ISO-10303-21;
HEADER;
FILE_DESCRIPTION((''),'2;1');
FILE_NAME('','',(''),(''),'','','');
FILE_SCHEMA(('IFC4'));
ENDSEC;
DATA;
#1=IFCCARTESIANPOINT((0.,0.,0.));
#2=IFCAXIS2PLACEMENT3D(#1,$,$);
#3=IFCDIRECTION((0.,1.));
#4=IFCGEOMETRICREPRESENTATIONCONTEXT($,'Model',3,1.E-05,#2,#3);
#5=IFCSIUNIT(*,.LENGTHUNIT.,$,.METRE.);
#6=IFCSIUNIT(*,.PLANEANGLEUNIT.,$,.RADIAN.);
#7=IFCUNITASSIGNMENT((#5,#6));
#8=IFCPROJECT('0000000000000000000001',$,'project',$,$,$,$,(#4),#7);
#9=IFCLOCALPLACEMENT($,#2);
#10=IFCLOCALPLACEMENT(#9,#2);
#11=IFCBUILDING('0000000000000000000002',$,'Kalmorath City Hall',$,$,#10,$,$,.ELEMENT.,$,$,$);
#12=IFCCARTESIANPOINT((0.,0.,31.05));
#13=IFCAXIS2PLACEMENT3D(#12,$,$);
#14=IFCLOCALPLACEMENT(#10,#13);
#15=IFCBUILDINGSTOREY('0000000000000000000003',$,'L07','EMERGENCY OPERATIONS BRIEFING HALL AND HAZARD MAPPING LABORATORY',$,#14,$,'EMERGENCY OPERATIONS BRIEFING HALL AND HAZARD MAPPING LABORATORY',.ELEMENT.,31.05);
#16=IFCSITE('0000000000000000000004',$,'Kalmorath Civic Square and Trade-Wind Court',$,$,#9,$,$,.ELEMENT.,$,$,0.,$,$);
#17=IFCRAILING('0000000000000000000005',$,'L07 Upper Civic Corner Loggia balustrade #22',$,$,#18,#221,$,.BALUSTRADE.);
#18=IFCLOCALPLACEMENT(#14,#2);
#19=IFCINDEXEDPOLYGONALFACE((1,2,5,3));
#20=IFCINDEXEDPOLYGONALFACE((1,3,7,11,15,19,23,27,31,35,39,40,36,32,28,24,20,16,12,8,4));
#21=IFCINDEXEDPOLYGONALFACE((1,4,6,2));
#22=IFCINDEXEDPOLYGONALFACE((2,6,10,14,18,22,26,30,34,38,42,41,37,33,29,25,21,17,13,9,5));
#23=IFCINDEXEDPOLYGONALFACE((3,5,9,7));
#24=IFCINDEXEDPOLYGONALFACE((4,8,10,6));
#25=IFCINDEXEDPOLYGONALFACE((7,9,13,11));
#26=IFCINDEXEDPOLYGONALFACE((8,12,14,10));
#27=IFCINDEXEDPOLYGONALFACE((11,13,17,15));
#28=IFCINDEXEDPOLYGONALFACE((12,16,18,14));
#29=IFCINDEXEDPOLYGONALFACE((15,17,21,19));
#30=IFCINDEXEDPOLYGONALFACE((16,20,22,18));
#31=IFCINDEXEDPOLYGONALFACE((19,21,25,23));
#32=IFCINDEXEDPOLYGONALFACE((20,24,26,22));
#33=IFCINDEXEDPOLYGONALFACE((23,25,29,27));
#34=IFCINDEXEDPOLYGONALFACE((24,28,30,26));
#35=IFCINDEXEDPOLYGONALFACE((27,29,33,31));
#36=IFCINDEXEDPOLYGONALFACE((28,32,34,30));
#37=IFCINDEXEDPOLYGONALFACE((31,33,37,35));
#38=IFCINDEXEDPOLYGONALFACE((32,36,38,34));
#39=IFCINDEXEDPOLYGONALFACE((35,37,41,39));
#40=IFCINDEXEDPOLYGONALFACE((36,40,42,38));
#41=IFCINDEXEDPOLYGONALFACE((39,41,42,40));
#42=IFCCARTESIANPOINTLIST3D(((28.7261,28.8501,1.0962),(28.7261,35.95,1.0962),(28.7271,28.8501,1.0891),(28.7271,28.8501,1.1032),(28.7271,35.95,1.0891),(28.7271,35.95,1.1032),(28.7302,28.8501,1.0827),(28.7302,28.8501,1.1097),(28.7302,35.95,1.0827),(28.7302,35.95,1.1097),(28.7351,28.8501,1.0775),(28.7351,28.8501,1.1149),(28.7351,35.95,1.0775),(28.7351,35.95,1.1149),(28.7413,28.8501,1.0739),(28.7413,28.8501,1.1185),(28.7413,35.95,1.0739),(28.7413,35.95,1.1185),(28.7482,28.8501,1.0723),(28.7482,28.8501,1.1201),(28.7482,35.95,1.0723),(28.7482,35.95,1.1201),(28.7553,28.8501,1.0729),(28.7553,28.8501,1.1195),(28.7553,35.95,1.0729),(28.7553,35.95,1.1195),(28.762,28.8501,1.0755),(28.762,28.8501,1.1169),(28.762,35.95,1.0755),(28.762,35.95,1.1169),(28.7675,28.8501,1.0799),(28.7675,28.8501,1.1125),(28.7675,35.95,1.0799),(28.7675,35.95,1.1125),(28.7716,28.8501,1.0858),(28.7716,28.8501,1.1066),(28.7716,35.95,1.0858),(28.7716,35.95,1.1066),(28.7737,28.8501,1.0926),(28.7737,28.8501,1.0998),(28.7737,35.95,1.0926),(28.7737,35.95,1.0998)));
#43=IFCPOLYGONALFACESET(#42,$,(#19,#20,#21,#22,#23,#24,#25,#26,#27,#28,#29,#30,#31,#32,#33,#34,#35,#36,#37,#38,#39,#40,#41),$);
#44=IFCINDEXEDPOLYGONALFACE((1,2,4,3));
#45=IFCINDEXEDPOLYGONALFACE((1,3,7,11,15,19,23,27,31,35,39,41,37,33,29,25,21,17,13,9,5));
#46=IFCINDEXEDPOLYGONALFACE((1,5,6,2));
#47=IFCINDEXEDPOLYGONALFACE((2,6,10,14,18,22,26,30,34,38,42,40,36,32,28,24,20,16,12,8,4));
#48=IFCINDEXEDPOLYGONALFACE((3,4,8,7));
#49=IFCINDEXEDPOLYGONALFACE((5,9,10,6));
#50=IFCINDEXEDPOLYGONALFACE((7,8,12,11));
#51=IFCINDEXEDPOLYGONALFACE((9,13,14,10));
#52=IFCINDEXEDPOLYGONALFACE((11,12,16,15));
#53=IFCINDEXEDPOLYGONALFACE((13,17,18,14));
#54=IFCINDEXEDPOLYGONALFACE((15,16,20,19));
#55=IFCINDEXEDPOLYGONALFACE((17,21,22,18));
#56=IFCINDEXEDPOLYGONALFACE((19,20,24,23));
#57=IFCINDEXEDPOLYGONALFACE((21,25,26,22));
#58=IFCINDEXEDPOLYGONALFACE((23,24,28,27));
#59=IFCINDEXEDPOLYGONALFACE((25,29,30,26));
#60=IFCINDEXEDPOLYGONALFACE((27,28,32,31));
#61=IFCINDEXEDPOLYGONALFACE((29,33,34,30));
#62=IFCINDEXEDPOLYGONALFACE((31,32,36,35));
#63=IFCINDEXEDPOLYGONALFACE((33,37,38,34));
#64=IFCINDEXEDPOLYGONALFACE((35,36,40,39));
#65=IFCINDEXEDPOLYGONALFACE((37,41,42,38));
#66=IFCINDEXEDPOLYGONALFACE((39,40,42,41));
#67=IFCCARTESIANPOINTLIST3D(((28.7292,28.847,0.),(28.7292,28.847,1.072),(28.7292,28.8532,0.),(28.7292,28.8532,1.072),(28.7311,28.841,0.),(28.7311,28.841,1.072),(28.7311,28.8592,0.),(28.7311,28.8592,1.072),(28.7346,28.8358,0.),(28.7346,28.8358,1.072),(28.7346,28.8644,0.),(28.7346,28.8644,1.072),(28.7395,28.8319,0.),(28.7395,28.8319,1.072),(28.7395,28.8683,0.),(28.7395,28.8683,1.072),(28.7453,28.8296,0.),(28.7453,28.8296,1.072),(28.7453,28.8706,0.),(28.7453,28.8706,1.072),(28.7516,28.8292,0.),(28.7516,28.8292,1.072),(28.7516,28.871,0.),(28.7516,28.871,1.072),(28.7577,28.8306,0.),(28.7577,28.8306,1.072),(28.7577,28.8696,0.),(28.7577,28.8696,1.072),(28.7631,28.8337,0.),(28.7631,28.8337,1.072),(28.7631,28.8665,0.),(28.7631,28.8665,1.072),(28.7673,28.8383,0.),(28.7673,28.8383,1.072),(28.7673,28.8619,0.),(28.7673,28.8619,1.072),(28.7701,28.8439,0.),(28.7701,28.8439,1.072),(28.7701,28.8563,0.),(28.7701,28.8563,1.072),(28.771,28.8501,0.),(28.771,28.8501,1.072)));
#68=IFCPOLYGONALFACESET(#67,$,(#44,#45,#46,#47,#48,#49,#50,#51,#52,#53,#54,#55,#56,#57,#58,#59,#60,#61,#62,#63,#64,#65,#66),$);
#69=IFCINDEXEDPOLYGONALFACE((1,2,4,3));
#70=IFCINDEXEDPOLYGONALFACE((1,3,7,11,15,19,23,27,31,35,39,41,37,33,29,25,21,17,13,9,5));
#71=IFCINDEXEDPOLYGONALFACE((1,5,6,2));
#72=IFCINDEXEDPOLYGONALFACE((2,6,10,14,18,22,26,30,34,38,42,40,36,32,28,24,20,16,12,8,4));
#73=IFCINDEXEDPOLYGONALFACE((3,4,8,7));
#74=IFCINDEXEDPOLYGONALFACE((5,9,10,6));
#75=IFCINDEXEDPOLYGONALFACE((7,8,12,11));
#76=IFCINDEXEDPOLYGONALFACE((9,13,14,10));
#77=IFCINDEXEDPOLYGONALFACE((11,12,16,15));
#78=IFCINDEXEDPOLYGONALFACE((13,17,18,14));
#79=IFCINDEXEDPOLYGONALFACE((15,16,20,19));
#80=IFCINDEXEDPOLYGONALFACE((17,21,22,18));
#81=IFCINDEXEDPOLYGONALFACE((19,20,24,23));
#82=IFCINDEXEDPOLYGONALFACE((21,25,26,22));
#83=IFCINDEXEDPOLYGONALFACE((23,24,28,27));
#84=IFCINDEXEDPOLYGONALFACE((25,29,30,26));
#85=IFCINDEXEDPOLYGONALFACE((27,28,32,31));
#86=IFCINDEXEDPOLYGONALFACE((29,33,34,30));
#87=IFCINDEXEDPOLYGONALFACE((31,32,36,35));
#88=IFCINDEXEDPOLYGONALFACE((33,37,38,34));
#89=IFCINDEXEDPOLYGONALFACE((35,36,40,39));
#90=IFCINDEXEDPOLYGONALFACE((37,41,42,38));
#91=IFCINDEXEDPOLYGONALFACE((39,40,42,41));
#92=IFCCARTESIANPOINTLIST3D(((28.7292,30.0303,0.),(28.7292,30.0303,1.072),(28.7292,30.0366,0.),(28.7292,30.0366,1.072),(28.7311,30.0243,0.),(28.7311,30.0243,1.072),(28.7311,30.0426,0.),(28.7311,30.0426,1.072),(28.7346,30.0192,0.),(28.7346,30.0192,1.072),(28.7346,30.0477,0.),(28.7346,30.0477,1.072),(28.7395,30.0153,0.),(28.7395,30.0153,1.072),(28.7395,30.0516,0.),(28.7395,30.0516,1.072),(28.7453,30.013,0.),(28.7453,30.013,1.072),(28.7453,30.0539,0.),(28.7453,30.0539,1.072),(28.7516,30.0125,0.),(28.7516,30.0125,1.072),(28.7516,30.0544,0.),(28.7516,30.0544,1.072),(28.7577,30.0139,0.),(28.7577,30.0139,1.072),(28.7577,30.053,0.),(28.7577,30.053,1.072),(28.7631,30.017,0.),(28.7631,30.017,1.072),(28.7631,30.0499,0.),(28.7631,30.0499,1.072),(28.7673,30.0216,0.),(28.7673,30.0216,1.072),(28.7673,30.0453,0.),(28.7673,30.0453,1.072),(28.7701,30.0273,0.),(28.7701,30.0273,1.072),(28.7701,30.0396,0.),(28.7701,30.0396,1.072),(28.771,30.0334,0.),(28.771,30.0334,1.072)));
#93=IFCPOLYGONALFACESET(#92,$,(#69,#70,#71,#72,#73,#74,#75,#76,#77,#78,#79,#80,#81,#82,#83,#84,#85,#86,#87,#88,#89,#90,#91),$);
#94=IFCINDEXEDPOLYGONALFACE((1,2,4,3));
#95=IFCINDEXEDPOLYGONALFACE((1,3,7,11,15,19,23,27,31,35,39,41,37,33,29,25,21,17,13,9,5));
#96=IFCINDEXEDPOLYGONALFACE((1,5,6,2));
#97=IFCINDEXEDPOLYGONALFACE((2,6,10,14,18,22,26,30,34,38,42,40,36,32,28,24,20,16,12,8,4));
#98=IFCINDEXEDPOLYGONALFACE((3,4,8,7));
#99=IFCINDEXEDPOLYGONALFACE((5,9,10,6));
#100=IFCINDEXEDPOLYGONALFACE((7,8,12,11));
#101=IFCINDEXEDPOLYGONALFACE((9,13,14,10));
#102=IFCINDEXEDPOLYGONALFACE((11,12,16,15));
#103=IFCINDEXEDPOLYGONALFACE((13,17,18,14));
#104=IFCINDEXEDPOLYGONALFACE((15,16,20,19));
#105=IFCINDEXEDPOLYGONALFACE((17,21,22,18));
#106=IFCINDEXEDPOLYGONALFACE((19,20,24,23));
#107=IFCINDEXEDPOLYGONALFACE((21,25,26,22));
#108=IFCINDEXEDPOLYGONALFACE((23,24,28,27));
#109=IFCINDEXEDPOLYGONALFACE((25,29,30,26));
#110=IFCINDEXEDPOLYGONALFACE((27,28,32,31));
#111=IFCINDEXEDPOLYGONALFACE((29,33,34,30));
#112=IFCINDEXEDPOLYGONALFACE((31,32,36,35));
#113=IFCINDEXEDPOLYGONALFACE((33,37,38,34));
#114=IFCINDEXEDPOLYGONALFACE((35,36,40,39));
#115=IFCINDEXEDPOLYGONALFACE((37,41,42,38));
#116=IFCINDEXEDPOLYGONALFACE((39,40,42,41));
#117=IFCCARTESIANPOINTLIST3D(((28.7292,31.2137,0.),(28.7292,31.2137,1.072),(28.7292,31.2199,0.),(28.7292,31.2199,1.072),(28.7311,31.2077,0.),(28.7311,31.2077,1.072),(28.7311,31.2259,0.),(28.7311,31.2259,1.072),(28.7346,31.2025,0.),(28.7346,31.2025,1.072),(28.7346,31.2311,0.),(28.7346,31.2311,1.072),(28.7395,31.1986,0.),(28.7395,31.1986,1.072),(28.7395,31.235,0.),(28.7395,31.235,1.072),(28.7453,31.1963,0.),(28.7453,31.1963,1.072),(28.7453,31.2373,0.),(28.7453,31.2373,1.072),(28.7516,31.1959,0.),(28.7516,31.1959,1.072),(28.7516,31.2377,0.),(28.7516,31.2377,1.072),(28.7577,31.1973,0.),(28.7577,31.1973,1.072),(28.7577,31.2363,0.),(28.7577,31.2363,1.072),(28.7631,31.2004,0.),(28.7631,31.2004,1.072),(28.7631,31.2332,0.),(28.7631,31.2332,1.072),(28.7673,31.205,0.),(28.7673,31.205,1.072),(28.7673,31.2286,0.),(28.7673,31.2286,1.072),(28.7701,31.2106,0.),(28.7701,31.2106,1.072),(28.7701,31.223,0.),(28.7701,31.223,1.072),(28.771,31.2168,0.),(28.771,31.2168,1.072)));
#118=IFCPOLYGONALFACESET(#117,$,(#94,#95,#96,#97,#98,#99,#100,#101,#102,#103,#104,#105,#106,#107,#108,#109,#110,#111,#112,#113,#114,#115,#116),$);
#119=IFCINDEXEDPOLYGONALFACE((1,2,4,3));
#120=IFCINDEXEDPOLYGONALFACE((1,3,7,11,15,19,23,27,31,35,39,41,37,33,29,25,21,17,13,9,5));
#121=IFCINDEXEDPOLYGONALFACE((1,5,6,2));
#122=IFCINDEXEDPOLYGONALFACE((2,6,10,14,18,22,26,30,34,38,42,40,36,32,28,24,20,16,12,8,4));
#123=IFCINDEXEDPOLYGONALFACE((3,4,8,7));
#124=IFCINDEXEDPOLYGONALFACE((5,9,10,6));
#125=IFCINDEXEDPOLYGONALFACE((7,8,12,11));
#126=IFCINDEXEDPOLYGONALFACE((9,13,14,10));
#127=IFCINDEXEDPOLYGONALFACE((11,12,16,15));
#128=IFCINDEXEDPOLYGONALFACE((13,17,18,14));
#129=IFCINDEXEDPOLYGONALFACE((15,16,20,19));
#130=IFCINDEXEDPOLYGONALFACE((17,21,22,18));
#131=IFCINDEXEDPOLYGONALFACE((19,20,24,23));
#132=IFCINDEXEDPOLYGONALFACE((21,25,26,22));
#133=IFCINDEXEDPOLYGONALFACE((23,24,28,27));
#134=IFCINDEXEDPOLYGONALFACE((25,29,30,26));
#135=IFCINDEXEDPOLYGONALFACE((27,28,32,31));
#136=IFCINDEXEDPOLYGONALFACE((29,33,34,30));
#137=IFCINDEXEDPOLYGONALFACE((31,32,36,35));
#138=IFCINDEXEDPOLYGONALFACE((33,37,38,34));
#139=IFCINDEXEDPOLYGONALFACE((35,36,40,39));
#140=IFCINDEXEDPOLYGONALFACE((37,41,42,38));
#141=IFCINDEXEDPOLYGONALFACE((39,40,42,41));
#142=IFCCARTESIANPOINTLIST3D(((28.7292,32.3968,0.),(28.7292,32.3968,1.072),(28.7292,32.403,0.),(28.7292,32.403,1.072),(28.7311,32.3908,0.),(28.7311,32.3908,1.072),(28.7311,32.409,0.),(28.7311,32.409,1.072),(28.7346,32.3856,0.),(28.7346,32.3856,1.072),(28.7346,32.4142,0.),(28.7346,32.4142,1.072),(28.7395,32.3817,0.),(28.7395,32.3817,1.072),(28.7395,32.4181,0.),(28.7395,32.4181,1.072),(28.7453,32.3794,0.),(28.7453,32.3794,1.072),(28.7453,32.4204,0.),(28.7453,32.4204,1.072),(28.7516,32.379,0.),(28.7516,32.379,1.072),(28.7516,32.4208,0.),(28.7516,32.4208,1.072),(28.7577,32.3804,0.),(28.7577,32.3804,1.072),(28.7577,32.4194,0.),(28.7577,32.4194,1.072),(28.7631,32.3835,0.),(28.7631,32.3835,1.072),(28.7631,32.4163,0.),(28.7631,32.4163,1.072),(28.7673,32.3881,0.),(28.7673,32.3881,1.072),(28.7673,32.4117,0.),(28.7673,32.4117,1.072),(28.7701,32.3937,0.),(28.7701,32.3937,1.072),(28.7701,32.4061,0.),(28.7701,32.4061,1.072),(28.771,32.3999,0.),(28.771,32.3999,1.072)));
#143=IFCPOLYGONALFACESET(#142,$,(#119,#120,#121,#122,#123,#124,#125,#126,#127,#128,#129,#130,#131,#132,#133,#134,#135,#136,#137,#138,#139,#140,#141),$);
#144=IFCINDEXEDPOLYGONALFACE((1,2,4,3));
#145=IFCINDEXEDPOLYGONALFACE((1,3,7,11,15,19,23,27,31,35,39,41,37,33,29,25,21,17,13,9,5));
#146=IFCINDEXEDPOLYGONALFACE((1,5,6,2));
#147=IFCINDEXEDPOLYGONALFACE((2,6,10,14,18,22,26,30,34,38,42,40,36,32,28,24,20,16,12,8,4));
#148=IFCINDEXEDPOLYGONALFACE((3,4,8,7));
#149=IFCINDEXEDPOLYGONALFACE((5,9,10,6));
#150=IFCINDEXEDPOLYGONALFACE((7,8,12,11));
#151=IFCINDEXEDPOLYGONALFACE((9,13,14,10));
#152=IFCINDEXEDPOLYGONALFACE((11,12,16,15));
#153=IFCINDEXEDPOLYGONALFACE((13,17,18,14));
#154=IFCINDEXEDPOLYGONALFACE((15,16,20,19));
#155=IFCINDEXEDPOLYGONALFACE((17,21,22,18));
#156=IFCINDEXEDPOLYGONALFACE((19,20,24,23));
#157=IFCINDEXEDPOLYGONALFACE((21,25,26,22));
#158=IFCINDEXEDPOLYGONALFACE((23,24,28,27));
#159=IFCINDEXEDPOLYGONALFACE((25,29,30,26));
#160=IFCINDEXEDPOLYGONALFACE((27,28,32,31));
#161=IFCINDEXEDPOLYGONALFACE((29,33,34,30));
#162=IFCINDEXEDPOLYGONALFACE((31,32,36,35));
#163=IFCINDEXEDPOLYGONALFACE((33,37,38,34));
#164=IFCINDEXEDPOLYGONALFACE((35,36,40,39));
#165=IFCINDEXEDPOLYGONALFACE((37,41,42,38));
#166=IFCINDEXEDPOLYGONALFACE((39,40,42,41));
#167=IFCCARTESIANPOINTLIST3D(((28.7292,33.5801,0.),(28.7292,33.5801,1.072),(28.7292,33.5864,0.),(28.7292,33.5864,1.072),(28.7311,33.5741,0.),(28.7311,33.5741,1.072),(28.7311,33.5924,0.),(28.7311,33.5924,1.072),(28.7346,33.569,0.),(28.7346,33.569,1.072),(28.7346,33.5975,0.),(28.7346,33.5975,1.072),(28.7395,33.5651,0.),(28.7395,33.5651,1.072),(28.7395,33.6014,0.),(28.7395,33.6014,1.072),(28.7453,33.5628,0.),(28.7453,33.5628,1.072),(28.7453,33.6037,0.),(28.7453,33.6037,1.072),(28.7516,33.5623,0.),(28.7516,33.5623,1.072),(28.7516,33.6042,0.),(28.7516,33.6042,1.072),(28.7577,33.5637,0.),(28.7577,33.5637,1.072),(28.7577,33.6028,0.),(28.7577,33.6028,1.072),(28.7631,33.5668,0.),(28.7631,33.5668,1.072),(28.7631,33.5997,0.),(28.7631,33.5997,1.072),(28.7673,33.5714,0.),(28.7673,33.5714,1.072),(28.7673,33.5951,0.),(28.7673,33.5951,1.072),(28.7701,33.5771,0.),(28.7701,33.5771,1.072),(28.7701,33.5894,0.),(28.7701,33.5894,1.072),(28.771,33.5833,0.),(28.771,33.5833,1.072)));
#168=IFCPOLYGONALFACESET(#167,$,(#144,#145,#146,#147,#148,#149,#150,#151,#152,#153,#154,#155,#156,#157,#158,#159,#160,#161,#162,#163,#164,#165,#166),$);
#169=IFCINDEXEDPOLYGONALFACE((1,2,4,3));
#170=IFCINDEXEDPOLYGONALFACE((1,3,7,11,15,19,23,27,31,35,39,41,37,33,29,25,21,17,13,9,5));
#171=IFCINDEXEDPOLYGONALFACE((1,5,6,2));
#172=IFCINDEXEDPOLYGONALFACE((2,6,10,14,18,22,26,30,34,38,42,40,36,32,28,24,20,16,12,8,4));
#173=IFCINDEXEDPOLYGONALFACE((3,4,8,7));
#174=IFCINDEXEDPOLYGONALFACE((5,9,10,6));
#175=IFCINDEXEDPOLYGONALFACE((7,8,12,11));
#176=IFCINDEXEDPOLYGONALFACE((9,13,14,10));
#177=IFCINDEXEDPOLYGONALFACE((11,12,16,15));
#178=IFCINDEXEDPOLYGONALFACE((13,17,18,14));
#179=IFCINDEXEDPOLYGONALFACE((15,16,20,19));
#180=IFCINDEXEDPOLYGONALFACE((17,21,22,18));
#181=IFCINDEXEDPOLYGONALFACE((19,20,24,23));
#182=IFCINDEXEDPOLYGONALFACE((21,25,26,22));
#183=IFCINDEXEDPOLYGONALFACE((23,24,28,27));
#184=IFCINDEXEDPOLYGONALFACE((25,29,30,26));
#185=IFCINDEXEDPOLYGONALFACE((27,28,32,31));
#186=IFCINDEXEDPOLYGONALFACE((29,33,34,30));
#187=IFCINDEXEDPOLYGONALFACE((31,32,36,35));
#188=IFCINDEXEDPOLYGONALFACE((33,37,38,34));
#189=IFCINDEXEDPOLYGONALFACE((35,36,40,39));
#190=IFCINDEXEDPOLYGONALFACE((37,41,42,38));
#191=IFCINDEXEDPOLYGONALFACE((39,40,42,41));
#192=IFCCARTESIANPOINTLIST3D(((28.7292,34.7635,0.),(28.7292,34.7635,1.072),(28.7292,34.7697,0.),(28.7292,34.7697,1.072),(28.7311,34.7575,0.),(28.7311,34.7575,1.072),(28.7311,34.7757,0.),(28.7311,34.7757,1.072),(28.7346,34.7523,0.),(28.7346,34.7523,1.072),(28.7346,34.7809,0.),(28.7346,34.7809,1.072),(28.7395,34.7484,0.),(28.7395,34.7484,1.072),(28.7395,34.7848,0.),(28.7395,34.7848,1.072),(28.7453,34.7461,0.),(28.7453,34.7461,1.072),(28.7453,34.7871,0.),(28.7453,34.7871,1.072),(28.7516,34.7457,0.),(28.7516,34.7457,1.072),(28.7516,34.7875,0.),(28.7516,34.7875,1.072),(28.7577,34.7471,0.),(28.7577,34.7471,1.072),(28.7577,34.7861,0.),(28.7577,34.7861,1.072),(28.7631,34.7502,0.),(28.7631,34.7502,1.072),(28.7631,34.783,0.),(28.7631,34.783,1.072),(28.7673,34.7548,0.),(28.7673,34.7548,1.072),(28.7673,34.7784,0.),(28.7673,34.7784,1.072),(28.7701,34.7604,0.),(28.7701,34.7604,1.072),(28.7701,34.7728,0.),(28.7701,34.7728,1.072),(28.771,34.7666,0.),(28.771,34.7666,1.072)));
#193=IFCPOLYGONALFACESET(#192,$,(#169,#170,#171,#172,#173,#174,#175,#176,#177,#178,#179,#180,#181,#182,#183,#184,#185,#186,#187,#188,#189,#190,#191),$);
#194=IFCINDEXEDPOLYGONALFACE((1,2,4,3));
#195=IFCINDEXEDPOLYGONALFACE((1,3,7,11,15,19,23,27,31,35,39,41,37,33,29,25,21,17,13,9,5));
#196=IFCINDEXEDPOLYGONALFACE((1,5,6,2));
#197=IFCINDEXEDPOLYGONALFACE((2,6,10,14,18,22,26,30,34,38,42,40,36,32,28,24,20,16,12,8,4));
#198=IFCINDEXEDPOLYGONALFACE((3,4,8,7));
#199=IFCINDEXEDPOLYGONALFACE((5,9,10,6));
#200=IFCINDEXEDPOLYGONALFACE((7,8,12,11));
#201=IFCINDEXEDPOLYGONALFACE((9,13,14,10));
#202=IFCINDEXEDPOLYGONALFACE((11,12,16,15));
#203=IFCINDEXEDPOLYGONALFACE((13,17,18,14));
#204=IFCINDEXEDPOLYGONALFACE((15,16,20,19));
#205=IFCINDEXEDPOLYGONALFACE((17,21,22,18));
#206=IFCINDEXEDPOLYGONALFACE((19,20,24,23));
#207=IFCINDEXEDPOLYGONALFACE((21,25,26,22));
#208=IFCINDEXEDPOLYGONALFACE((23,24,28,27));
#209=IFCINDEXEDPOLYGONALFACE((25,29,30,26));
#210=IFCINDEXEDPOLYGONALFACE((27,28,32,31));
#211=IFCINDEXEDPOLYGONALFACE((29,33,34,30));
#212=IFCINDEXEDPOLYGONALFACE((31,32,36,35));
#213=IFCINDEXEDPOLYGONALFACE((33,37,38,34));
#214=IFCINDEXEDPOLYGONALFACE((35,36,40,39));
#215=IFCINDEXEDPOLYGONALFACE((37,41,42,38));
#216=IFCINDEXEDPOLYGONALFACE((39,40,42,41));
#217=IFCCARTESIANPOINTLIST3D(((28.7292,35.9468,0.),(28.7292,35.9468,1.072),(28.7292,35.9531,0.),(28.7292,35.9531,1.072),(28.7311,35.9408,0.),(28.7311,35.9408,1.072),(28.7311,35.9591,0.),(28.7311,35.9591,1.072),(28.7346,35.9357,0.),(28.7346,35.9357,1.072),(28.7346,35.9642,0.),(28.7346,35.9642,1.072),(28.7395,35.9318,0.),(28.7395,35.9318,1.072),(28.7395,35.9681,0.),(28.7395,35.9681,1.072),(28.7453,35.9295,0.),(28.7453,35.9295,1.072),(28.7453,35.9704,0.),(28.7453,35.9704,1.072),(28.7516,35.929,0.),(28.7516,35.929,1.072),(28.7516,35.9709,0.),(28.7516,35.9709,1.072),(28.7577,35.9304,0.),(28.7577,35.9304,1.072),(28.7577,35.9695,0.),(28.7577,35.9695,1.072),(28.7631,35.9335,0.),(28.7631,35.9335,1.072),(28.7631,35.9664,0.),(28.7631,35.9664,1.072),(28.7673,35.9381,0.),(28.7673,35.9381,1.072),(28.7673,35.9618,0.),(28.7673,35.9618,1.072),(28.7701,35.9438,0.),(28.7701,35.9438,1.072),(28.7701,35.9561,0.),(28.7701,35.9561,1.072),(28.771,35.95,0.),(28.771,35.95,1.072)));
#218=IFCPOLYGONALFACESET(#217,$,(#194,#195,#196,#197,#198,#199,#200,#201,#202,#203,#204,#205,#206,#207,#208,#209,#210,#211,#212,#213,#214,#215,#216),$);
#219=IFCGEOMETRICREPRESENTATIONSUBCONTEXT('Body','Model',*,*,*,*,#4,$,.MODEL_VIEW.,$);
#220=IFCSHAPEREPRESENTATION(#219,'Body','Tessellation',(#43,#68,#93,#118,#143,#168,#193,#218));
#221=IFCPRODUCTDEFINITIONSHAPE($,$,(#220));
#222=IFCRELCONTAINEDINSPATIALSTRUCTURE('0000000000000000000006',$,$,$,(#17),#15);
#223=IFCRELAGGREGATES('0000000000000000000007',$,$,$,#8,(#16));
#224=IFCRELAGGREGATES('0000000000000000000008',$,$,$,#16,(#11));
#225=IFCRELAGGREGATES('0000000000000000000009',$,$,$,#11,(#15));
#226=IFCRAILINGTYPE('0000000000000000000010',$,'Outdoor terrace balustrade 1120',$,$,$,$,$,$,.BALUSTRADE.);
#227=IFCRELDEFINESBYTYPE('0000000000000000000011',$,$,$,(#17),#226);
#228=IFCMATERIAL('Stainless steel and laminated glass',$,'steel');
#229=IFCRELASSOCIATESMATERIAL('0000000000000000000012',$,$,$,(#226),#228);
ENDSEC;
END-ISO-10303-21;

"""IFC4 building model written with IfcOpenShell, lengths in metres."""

from ifc_helpers import new_model, si_unit, direction, frame, origin, origin_2d, place, context, subcontext, project, spatial, circle, extrude, material, type_object, element, save


model = new_model("IFC4")

# Units and contexts
model_context = context("Model", 3, precision=1e-05, world=origin(), true_north=direction((0.0, 1.0)))
body_context = subcontext(model_context, "Body", "Model", "MODEL_VIEW")
ifc_project = project(units=[si_unit("LENGTHUNIT", "METRE"), si_unit("PLANEANGLEUNIT", "RADIAN")], contexts=[model_context])

# Site, building, storey
site_placement = place(None, origin())
site = spatial("IfcSite", under=ifc_project, at=site_placement, Name="Kalmorath Civic Square and Trade-Wind Court", CompositionType="ELEMENT", RefElevation=0.0)
building_placement = place(site_placement, origin())
building = spatial("IfcBuilding", under=site, at=building_placement, Name="Kalmorath City Hall", CompositionType="ELEMENT")
storey_placement = place(building_placement, frame((0.0, 0.0, 31.05)))
storey = spatial("IfcBuildingStorey", under=building, at=storey_placement, Name="L07", Description="EMERGENCY OPERATIONS BRIEFING HALL AND HAZARD MAPPING LABORATORY", LongName="EMERGENCY OPERATIONS BRIEFING HALL AND HAZARD MAPPING LABORATORY", CompositionType="ELEMENT", Elevation=31.05)

# Railing
ifc_material_1 = material(Name="Stainless steel and laminated glass", Category="steel")
railing_type = type_object("IfcRailingType", Name="Outdoor terrace balustrade 1120", PredefinedType="BALUSTRADE", material=ifc_material_1)
railing_placement = place(storey_placement, frame((28.75, 28.8501, 0.0)))
element("IfcRailing", 1, at=railing_placement, inside=storey, type_object=railing_type, Name="L07 Upper Civic Corner Loggia balustrade #22", PredefinedType="BALUSTRADE", context=body_context, shape_type="SweptSolid", body=[
    extrude(circle(Radius=0.0239, at=origin_2d()), frame((0.0, 0.0, 1.0962), z_axis=(0.0, 1.0, 0.0), x_axis=(-1.0, 0.0, 0.0)), (0.0, 0.0, 1.0), 7.0999),
    extrude(circle(Radius=0.021, at=origin_2d()), origin(), (0.0, 0.0, 1.0), 1.072),
    extrude(circle(Radius=0.021, at=origin_2d()), frame((0.0, 1.1833, 0.0)), (0.0, 0.0, 1.0), 1.072),
    extrude(circle(Radius=0.021, at=origin_2d()), frame((0.0, 2.3667, 0.0)), (0.0, 0.0, 1.0), 1.072),
    extrude(circle(Radius=0.021, at=origin_2d()), frame((0.0, 3.5498, 0.0)), (0.0, 0.0, 1.0), 1.072),
    extrude(circle(Radius=0.021, at=origin_2d()), frame((0.0, 4.7332, 0.0)), (0.0, 0.0, 1.0), 1.072),
    extrude(circle(Radius=0.021, at=origin_2d()), frame((0.0, 5.9165, 0.0)), (0.0, 0.0, 1.0), 1.072),
    extrude(circle(Radius=0.021, at=origin_2d()), frame((0.0, 7.0999, 0.0)), (0.0, 0.0, 1.0), 1.072),
])

save(model, "model.ifc")
